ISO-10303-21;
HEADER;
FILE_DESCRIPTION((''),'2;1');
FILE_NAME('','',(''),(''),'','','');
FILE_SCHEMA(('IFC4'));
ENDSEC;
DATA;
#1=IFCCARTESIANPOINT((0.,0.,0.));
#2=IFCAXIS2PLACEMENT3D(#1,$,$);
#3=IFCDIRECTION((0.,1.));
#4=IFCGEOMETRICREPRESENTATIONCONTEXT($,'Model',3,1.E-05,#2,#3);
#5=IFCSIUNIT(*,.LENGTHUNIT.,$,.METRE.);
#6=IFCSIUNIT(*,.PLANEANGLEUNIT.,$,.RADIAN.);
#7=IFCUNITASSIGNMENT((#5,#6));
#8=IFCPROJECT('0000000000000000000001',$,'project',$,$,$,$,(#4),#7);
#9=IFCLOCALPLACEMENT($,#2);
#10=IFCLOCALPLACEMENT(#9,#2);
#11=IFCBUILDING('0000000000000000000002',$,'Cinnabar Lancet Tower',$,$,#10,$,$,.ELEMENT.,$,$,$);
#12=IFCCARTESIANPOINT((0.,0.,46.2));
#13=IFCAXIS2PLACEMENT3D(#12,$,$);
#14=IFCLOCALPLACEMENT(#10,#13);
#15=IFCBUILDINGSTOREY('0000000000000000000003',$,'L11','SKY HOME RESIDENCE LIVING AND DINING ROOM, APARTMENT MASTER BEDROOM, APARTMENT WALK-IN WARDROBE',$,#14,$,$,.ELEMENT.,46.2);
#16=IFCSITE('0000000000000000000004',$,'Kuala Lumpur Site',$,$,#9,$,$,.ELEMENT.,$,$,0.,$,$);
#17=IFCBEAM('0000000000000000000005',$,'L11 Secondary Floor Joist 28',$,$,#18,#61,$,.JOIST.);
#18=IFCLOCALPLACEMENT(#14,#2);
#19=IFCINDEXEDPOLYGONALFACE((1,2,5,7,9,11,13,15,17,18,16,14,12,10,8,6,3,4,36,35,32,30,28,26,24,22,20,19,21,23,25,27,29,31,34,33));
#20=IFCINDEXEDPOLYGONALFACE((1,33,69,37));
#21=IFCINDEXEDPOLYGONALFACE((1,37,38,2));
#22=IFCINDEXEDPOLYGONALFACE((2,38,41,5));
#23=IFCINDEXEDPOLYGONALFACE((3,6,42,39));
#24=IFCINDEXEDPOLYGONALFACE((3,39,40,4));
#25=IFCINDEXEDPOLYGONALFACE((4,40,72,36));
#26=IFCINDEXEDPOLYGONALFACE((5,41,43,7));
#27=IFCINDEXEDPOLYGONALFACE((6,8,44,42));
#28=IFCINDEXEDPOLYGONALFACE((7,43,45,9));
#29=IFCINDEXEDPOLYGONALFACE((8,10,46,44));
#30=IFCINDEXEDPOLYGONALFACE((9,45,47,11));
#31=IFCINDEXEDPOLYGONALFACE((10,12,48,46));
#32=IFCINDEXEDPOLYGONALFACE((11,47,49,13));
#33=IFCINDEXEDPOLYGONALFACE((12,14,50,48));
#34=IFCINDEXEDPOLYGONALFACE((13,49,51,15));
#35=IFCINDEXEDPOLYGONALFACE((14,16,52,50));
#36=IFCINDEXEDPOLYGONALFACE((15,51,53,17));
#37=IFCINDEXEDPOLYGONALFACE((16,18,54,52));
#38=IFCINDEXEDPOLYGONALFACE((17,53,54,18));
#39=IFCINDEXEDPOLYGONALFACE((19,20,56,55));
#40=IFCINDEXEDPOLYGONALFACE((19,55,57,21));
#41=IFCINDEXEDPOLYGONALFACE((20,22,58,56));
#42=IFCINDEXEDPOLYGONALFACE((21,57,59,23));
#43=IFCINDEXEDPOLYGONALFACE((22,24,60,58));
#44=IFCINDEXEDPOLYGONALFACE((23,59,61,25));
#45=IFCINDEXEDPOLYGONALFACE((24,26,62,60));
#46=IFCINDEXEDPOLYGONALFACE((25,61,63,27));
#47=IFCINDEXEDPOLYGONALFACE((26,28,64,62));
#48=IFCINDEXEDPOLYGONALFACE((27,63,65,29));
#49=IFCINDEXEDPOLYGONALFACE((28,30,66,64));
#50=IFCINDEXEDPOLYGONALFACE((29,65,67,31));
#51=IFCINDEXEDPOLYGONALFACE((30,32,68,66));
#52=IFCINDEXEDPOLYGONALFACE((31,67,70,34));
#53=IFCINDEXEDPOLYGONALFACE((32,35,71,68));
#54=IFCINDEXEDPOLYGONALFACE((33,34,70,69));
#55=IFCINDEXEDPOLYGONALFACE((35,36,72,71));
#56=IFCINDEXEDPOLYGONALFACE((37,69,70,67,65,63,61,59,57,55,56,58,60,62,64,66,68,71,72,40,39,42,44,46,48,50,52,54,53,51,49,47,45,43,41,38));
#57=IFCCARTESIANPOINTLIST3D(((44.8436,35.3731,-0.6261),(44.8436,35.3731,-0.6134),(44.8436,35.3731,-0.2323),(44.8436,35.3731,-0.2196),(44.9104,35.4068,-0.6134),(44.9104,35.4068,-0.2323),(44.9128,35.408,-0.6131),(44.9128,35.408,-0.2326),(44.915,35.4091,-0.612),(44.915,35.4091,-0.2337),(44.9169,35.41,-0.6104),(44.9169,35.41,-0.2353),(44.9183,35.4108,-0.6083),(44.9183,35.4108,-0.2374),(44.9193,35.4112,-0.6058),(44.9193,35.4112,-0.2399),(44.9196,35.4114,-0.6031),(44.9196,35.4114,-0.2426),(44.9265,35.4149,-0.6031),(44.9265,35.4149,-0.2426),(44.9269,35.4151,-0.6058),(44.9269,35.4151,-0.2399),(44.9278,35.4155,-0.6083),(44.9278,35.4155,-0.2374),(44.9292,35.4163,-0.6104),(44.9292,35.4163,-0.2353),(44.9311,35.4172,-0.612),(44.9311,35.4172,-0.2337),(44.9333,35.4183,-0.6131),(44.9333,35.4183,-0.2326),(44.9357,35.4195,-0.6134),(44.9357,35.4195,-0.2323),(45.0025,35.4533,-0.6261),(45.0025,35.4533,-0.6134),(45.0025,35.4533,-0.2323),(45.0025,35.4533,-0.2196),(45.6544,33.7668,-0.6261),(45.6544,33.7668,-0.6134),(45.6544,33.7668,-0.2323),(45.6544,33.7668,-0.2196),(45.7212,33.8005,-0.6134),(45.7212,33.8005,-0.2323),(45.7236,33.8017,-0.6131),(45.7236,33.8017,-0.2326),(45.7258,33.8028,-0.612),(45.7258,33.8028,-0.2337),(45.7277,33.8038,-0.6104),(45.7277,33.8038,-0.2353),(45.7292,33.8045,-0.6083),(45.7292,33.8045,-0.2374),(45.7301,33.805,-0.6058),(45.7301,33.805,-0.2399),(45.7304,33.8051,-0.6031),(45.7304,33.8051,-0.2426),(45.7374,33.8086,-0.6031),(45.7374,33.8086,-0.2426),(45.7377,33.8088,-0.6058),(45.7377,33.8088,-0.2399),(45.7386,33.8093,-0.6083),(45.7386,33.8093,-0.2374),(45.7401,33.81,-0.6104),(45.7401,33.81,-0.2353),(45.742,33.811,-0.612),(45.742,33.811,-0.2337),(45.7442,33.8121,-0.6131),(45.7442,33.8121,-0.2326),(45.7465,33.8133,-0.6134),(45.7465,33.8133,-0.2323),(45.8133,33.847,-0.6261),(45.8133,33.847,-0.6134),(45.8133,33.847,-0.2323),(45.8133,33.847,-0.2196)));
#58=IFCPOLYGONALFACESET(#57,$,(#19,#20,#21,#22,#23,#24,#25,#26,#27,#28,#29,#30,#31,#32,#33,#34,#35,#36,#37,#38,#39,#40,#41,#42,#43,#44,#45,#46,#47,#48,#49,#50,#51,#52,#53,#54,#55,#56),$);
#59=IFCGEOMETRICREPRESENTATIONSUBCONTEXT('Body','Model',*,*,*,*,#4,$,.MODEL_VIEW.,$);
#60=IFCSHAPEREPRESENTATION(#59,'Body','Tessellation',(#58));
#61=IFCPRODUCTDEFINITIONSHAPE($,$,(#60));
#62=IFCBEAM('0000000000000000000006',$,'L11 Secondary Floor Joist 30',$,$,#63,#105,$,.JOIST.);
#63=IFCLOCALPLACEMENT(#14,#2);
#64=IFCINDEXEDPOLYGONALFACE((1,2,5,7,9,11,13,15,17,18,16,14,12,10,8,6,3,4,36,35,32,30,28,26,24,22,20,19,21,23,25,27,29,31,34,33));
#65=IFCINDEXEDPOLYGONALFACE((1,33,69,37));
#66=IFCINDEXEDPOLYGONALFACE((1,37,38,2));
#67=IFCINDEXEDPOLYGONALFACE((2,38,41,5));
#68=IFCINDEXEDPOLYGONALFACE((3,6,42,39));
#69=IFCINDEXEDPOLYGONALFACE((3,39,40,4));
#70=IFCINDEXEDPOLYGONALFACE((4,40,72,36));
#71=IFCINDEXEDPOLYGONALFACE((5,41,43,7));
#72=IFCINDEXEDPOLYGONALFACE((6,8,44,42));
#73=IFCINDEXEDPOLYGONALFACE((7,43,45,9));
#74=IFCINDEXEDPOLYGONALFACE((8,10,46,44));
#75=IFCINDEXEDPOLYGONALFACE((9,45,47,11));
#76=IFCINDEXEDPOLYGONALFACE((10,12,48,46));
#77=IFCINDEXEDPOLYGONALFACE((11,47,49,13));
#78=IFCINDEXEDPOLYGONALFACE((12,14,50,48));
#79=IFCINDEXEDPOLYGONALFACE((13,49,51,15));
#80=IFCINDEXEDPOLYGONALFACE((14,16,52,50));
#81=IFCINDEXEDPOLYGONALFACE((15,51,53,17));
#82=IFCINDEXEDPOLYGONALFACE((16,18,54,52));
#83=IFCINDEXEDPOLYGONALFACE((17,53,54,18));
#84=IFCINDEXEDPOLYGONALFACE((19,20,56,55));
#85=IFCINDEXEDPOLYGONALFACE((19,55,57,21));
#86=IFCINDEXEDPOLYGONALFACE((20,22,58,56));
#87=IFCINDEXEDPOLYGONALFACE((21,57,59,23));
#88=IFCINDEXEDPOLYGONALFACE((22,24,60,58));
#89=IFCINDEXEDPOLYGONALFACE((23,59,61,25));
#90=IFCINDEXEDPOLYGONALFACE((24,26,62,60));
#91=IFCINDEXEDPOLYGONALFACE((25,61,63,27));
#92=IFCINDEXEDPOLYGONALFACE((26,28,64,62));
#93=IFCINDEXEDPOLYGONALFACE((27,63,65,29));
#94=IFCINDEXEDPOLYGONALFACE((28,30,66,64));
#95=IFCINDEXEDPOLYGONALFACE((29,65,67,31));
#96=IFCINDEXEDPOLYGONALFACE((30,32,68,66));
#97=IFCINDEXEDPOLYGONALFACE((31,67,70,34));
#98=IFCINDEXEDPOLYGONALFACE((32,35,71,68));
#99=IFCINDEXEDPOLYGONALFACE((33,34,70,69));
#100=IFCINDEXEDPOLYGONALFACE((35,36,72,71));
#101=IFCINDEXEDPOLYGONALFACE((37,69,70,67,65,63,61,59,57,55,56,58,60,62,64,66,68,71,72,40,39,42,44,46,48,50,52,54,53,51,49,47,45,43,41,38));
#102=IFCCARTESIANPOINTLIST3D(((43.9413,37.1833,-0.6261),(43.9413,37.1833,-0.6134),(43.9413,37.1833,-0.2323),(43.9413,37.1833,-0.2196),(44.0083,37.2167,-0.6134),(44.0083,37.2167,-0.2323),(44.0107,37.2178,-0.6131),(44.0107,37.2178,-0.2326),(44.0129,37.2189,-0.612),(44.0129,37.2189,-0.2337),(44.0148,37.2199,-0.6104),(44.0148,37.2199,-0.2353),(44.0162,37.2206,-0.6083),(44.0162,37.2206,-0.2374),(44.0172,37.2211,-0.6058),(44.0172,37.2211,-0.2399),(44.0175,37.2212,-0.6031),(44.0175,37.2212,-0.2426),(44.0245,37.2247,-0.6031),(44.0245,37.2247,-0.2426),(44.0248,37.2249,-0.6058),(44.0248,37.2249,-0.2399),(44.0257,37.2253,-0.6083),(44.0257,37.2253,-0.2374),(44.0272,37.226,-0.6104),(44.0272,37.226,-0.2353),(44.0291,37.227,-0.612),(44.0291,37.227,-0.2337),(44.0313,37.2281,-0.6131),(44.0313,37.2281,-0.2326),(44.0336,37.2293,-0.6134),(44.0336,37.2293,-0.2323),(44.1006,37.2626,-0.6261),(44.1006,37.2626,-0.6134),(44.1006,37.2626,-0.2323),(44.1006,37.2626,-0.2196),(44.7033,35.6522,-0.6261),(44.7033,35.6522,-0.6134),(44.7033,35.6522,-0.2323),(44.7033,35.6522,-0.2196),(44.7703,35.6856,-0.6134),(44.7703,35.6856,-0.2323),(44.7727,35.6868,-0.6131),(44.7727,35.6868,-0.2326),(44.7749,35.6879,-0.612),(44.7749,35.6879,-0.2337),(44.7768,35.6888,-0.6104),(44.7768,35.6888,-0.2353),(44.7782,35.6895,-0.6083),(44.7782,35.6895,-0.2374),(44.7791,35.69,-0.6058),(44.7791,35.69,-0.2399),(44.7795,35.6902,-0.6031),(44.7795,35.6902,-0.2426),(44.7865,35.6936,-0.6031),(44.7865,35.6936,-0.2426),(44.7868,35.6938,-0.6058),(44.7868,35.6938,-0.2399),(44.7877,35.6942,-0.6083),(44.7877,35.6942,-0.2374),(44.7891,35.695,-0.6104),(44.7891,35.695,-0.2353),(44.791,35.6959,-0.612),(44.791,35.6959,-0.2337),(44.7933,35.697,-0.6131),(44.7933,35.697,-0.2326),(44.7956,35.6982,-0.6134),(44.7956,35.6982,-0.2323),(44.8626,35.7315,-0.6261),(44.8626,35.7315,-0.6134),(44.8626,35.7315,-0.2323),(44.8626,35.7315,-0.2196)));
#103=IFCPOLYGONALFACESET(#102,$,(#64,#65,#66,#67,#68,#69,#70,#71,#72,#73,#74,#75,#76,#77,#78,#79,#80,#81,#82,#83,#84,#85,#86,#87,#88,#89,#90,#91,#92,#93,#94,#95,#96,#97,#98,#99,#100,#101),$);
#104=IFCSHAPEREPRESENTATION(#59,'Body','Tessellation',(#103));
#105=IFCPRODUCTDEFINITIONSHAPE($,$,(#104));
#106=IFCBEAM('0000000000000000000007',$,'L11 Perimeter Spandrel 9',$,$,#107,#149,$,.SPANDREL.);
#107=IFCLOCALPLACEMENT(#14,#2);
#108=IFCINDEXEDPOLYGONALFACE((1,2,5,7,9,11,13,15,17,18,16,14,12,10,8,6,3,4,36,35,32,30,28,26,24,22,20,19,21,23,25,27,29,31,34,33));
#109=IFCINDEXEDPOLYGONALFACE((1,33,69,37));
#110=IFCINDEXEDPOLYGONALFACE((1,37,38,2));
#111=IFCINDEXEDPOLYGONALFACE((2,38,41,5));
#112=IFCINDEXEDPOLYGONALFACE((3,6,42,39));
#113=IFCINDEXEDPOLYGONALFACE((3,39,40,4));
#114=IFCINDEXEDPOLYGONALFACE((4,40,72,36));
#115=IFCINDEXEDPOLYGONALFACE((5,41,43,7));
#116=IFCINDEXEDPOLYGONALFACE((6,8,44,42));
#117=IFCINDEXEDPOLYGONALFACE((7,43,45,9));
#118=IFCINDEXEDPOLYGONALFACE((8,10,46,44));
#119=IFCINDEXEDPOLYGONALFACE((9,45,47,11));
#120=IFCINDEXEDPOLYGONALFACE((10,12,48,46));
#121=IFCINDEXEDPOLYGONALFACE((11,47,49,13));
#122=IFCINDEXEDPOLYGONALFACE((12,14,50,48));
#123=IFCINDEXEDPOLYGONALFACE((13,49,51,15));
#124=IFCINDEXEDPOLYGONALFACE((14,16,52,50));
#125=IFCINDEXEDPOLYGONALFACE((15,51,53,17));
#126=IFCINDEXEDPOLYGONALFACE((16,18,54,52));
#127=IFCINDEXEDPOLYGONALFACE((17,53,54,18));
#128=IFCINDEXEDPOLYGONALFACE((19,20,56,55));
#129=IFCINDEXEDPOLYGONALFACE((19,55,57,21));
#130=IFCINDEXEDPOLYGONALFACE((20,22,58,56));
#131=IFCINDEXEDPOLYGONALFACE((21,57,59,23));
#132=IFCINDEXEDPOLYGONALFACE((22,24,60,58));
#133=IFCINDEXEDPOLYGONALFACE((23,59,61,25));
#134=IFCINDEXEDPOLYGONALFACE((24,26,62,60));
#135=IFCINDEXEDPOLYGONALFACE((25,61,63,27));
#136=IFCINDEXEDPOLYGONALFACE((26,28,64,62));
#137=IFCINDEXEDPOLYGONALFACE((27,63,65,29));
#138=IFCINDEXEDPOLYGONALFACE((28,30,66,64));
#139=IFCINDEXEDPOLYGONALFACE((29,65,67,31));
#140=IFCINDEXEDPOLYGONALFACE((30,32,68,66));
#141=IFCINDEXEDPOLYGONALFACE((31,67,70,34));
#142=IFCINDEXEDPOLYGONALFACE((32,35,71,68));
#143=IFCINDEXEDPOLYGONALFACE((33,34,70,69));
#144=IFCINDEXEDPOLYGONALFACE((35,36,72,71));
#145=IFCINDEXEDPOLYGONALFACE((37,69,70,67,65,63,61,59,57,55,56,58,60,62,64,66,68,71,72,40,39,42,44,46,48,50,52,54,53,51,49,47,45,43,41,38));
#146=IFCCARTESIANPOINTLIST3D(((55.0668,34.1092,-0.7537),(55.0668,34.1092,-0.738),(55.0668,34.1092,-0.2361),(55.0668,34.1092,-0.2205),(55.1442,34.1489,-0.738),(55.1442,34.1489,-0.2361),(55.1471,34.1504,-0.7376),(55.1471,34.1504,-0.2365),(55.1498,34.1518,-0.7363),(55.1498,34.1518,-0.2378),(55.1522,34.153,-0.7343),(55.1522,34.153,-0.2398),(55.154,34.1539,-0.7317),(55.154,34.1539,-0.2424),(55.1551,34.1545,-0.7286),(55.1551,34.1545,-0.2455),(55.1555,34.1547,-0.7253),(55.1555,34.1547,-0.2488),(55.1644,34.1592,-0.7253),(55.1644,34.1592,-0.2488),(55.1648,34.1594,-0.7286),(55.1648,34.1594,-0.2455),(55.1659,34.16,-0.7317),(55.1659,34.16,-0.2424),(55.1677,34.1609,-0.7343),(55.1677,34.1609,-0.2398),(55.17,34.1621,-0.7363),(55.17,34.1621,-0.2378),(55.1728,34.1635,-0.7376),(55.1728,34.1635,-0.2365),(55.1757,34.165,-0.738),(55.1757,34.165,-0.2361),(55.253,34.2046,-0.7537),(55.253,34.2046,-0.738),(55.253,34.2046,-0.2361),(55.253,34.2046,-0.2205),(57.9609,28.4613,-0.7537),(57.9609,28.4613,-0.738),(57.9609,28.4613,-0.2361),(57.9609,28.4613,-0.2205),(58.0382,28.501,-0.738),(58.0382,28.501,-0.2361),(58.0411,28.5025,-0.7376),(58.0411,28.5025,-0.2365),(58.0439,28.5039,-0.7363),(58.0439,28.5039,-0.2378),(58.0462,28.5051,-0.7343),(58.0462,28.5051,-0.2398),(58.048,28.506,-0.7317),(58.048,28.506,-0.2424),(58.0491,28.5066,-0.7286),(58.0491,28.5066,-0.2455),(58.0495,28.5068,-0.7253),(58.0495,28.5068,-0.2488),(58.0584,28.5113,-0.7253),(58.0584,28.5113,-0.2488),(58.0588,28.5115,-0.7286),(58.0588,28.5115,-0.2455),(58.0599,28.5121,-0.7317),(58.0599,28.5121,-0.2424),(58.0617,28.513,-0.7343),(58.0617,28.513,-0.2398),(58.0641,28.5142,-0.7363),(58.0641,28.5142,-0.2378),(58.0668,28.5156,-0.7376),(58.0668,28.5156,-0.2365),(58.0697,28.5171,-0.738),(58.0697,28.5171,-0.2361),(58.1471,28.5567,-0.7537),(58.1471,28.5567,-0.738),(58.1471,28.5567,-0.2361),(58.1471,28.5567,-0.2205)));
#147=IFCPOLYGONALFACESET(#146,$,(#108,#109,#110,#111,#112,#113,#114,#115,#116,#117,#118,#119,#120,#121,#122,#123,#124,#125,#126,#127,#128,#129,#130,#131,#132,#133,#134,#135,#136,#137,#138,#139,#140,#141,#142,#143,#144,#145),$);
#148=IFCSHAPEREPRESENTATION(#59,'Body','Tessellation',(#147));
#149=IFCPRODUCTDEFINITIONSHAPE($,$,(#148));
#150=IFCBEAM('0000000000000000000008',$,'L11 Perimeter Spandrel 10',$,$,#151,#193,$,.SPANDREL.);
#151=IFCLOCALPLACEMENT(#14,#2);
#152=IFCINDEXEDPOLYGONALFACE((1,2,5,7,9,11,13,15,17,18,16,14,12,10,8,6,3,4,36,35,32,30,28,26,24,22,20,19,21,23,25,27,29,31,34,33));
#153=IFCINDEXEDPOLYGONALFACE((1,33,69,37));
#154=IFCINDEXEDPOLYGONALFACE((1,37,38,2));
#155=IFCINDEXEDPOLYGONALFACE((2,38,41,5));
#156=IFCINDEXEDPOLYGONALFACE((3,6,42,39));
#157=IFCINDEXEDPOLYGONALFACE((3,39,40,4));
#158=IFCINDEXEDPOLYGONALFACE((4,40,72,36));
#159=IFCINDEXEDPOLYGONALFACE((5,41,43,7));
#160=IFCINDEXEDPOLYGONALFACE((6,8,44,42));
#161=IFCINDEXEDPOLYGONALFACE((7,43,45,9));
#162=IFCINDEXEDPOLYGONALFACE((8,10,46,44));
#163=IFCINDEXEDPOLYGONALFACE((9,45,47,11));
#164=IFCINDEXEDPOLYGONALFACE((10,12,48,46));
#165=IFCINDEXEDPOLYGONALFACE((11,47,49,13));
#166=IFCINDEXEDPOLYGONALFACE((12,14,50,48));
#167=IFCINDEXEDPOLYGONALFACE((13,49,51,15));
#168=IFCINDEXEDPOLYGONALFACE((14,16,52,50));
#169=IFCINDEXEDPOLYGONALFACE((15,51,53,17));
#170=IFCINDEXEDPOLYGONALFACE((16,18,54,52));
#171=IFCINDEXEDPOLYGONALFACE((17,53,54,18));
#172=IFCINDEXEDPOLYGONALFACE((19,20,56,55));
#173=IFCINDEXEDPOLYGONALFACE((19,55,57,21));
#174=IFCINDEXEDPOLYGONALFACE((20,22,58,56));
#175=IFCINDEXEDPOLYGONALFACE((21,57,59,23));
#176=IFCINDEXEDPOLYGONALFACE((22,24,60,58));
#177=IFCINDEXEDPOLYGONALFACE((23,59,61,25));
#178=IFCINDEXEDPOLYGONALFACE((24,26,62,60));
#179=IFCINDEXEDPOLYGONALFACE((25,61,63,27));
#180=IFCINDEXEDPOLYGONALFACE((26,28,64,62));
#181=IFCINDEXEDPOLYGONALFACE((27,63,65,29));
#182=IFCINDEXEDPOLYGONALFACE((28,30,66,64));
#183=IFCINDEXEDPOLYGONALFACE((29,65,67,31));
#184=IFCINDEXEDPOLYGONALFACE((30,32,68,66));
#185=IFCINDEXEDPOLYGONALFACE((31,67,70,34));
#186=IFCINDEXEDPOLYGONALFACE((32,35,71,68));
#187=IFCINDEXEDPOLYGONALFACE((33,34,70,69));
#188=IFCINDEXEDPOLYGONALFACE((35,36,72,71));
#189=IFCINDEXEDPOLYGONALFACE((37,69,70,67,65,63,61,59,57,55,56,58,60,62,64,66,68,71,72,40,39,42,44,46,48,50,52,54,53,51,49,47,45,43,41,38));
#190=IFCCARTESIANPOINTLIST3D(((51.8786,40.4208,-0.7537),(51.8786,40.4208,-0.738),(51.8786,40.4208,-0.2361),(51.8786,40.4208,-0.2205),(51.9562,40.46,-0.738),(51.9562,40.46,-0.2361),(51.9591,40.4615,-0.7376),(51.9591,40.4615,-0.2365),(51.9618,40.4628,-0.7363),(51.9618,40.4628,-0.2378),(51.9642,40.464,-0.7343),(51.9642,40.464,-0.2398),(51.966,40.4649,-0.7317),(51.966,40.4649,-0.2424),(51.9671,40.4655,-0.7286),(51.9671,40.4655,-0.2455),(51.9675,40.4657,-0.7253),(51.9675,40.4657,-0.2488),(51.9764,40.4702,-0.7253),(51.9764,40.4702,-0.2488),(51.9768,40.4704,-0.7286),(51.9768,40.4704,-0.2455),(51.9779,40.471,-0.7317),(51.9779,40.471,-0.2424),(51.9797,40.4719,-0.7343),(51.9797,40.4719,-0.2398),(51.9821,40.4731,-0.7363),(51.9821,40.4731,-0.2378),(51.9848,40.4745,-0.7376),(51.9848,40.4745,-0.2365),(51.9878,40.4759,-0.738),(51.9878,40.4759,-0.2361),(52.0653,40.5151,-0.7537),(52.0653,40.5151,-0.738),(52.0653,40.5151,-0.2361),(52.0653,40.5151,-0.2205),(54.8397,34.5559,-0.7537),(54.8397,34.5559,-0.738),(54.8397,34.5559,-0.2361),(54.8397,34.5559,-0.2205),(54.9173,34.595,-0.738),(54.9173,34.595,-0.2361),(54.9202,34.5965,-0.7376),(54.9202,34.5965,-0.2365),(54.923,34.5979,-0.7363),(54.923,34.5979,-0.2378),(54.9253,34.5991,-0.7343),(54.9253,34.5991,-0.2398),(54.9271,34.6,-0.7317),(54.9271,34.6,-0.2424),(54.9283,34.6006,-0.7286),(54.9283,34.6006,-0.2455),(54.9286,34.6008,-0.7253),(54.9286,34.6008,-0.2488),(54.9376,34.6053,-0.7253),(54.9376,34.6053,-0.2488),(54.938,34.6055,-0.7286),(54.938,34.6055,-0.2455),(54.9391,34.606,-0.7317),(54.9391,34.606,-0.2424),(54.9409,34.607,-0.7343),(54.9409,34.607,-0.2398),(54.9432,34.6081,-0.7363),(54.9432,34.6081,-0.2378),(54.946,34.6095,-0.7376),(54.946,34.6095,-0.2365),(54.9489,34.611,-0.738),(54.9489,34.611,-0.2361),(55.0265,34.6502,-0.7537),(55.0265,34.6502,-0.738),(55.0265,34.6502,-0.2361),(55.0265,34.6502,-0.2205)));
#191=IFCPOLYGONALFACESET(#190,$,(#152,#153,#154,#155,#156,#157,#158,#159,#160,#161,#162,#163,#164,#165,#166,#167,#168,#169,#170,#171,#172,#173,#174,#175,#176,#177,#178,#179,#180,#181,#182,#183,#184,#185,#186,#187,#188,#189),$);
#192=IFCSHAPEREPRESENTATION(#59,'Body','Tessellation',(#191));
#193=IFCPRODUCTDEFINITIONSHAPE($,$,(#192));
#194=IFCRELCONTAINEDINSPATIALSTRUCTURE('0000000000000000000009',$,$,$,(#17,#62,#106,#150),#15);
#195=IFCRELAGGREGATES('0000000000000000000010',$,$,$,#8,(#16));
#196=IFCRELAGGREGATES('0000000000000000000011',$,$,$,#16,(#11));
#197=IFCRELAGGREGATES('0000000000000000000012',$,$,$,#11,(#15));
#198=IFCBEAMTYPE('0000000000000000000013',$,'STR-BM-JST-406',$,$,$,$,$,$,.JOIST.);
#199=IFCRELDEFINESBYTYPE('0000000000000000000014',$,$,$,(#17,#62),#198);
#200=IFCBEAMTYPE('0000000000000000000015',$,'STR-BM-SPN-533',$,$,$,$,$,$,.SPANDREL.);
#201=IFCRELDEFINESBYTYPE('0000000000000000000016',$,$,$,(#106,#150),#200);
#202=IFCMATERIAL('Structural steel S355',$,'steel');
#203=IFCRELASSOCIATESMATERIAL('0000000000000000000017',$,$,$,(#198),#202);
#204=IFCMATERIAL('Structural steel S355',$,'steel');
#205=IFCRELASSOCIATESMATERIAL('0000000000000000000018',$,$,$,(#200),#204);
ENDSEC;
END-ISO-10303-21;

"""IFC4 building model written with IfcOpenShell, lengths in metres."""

from ifc_helpers import new_model, si_unit, direction, frame, origin, origin_2d, place, context, subcontext, project, spatial, i_section, extrude, material, material_profile, profile_set, type_object, element, save


model = new_model("IFC4")

# Units and contexts
model_context = context("Model", 3, precision=1e-05, world=origin(), true_north=direction((0.0, 1.0)))
body_context = subcontext(model_context, "Body", "Model", "MODEL_VIEW")
ifc_project = project(units=[si_unit("LENGTHUNIT", "METRE"), si_unit("PLANEANGLEUNIT", "RADIAN")], contexts=[model_context])

# Site, building, storey
site_placement = place(None, origin())
site = spatial("IfcSite", under=ifc_project, at=site_placement, Name="Kuala Lumpur Site", CompositionType="ELEMENT", RefElevation=0.0)
building_placement = place(site_placement, origin())
building = spatial("IfcBuilding", under=site, at=building_placement, Name="Cinnabar Lancet Tower", CompositionType="ELEMENT")
storey_placement = place(building_placement, frame((0.0, 0.0, 46.2)))
storey = spatial("IfcBuildingStorey", under=building, at=storey_placement, Name="L11", Description="SKY HOME RESIDENCE LIVING AND DINING ROOM, APARTMENT MASTER BEDROOM, APARTMENT WALK-IN WARDROBE", CompositionType="ELEMENT", Elevation=46.2)

# Beams
ifc_material_1 = material(Name="Structural steel S355", Category="steel")
ifc_material_profile_1 = material_profile(ifc_material_1, i_section(OverallWidth=0.178, OverallDepth=0.4065, WebThickness=0.0078, FlangeThickness=0.0127, FilletRadius=0.0103, at=origin_2d()), Name="UKB 406x178x60")
ifc_profile_set_1 = profile_set([ifc_material_profile_1], Name="Structural steel S355")
beam_type_1 = type_object("IfcBeamType", Name="STR-BM-JST-406", PredefinedType="JOIST", material=ifc_profile_set_1)
beam_1_placement = place(storey_placement, frame((45.7339, 33.8069, -0.4229), z_axis=(-0.45063, 0.892711, 0.0), x_axis=(-0.892711, -0.45063, 0.0)))
element("IfcBeam", 1, at=beam_1_placement, inside=storey, type_object=beam_type_1, Name="L11 Secondary Floor Joist 28", PredefinedType="JOIST", context=body_context, shape_type="SweptSolid", body=[
    extrude(i_section(OverallWidth=0.178, OverallDepth=0.4065, WebThickness=0.0078, FlangeThickness=0.0127, FilletRadius=0.0103, at=origin_2d()), origin(), (0.0, 0.0, 1.0), 1.7993),
])
beam_2_placement = place(storey_placement, frame((44.783, 35.6919, -0.4229), z_axis=(-0.445557, 0.895254, 0.0), x_axis=(-0.895254, -0.445557, 0.0)))
element("IfcBeam", 2, at=beam_2_placement, inside=storey, type_object=beam_type_1, Name="L11 Secondary Floor Joist 30", PredefinedType="JOIST", context=body_context, shape_type="SweptSolid", body=[
    extrude(i_section(OverallWidth=0.178, OverallDepth=0.4065, WebThickness=0.0078, FlangeThickness=0.0127, FilletRadius=0.0103, at=origin_2d()), origin(), (0.0, 0.0, 1.0), 1.7102),
])
ifc_material_2 = material(Name="Structural steel S355", Category="steel")
ifc_material_profile_2 = material_profile(ifc_material_2, i_section(OverallWidth=0.2092, OverallDepth=0.5332, WebThickness=0.01, FlangeThickness=0.0156, FilletRadius=0.0127, at=origin_2d()), Name="UKB 533x210x92")
ifc_profile_set_2 = profile_set([ifc_material_profile_2], Name="Structural steel S355")
beam_type_2 = type_object("IfcBeamType", Name="STR-BM-SPN-533", PredefinedType="SPANDREL", material=ifc_profile_set_2)
beam_3_placement = place(storey_placement, frame((58.054, 28.509, -0.4871), z_axis=(-0.456025, 0.889967, 0.0), x_axis=(-0.889967, -0.456025, 0.0)))
element("IfcBeam", 3, at=beam_3_placement, inside=storey, type_object=beam_type_2, Name="L11 Perimeter Spandrel 9", PredefinedType="SPANDREL", context=body_context, shape_type="SweptSolid", body=[
    extrude(i_section(OverallWidth=0.2092, OverallDepth=0.5332, WebThickness=0.01, FlangeThickness=0.0156, FilletRadius=0.0127, at=origin_2d()), origin(), (0.0, 0.0, 1.0), 6.3462),
])
beam_4_placement = place(storey_placement, frame((54.9331, 34.603, -0.4871), z_axis=(-0.450703, 0.892674, 0.0), x_axis=(-0.892674, -0.450703, 0.0)))
element("IfcBeam", 4, at=beam_4_placement, inside=storey, type_object=beam_type_2, Name="L11 Perimeter Spandrel 10", PredefinedType="SPANDREL", context=body_context, shape_type="SweptSolid", body=[
    extrude(i_section(OverallWidth=0.2092, OverallDepth=0.5332, WebThickness=0.01, FlangeThickness=0.0156, FilletRadius=0.0127, at=origin_2d()), origin(), (0.0, 0.0, 1.0), 6.5701),
])

save(model, "model.ifc")
